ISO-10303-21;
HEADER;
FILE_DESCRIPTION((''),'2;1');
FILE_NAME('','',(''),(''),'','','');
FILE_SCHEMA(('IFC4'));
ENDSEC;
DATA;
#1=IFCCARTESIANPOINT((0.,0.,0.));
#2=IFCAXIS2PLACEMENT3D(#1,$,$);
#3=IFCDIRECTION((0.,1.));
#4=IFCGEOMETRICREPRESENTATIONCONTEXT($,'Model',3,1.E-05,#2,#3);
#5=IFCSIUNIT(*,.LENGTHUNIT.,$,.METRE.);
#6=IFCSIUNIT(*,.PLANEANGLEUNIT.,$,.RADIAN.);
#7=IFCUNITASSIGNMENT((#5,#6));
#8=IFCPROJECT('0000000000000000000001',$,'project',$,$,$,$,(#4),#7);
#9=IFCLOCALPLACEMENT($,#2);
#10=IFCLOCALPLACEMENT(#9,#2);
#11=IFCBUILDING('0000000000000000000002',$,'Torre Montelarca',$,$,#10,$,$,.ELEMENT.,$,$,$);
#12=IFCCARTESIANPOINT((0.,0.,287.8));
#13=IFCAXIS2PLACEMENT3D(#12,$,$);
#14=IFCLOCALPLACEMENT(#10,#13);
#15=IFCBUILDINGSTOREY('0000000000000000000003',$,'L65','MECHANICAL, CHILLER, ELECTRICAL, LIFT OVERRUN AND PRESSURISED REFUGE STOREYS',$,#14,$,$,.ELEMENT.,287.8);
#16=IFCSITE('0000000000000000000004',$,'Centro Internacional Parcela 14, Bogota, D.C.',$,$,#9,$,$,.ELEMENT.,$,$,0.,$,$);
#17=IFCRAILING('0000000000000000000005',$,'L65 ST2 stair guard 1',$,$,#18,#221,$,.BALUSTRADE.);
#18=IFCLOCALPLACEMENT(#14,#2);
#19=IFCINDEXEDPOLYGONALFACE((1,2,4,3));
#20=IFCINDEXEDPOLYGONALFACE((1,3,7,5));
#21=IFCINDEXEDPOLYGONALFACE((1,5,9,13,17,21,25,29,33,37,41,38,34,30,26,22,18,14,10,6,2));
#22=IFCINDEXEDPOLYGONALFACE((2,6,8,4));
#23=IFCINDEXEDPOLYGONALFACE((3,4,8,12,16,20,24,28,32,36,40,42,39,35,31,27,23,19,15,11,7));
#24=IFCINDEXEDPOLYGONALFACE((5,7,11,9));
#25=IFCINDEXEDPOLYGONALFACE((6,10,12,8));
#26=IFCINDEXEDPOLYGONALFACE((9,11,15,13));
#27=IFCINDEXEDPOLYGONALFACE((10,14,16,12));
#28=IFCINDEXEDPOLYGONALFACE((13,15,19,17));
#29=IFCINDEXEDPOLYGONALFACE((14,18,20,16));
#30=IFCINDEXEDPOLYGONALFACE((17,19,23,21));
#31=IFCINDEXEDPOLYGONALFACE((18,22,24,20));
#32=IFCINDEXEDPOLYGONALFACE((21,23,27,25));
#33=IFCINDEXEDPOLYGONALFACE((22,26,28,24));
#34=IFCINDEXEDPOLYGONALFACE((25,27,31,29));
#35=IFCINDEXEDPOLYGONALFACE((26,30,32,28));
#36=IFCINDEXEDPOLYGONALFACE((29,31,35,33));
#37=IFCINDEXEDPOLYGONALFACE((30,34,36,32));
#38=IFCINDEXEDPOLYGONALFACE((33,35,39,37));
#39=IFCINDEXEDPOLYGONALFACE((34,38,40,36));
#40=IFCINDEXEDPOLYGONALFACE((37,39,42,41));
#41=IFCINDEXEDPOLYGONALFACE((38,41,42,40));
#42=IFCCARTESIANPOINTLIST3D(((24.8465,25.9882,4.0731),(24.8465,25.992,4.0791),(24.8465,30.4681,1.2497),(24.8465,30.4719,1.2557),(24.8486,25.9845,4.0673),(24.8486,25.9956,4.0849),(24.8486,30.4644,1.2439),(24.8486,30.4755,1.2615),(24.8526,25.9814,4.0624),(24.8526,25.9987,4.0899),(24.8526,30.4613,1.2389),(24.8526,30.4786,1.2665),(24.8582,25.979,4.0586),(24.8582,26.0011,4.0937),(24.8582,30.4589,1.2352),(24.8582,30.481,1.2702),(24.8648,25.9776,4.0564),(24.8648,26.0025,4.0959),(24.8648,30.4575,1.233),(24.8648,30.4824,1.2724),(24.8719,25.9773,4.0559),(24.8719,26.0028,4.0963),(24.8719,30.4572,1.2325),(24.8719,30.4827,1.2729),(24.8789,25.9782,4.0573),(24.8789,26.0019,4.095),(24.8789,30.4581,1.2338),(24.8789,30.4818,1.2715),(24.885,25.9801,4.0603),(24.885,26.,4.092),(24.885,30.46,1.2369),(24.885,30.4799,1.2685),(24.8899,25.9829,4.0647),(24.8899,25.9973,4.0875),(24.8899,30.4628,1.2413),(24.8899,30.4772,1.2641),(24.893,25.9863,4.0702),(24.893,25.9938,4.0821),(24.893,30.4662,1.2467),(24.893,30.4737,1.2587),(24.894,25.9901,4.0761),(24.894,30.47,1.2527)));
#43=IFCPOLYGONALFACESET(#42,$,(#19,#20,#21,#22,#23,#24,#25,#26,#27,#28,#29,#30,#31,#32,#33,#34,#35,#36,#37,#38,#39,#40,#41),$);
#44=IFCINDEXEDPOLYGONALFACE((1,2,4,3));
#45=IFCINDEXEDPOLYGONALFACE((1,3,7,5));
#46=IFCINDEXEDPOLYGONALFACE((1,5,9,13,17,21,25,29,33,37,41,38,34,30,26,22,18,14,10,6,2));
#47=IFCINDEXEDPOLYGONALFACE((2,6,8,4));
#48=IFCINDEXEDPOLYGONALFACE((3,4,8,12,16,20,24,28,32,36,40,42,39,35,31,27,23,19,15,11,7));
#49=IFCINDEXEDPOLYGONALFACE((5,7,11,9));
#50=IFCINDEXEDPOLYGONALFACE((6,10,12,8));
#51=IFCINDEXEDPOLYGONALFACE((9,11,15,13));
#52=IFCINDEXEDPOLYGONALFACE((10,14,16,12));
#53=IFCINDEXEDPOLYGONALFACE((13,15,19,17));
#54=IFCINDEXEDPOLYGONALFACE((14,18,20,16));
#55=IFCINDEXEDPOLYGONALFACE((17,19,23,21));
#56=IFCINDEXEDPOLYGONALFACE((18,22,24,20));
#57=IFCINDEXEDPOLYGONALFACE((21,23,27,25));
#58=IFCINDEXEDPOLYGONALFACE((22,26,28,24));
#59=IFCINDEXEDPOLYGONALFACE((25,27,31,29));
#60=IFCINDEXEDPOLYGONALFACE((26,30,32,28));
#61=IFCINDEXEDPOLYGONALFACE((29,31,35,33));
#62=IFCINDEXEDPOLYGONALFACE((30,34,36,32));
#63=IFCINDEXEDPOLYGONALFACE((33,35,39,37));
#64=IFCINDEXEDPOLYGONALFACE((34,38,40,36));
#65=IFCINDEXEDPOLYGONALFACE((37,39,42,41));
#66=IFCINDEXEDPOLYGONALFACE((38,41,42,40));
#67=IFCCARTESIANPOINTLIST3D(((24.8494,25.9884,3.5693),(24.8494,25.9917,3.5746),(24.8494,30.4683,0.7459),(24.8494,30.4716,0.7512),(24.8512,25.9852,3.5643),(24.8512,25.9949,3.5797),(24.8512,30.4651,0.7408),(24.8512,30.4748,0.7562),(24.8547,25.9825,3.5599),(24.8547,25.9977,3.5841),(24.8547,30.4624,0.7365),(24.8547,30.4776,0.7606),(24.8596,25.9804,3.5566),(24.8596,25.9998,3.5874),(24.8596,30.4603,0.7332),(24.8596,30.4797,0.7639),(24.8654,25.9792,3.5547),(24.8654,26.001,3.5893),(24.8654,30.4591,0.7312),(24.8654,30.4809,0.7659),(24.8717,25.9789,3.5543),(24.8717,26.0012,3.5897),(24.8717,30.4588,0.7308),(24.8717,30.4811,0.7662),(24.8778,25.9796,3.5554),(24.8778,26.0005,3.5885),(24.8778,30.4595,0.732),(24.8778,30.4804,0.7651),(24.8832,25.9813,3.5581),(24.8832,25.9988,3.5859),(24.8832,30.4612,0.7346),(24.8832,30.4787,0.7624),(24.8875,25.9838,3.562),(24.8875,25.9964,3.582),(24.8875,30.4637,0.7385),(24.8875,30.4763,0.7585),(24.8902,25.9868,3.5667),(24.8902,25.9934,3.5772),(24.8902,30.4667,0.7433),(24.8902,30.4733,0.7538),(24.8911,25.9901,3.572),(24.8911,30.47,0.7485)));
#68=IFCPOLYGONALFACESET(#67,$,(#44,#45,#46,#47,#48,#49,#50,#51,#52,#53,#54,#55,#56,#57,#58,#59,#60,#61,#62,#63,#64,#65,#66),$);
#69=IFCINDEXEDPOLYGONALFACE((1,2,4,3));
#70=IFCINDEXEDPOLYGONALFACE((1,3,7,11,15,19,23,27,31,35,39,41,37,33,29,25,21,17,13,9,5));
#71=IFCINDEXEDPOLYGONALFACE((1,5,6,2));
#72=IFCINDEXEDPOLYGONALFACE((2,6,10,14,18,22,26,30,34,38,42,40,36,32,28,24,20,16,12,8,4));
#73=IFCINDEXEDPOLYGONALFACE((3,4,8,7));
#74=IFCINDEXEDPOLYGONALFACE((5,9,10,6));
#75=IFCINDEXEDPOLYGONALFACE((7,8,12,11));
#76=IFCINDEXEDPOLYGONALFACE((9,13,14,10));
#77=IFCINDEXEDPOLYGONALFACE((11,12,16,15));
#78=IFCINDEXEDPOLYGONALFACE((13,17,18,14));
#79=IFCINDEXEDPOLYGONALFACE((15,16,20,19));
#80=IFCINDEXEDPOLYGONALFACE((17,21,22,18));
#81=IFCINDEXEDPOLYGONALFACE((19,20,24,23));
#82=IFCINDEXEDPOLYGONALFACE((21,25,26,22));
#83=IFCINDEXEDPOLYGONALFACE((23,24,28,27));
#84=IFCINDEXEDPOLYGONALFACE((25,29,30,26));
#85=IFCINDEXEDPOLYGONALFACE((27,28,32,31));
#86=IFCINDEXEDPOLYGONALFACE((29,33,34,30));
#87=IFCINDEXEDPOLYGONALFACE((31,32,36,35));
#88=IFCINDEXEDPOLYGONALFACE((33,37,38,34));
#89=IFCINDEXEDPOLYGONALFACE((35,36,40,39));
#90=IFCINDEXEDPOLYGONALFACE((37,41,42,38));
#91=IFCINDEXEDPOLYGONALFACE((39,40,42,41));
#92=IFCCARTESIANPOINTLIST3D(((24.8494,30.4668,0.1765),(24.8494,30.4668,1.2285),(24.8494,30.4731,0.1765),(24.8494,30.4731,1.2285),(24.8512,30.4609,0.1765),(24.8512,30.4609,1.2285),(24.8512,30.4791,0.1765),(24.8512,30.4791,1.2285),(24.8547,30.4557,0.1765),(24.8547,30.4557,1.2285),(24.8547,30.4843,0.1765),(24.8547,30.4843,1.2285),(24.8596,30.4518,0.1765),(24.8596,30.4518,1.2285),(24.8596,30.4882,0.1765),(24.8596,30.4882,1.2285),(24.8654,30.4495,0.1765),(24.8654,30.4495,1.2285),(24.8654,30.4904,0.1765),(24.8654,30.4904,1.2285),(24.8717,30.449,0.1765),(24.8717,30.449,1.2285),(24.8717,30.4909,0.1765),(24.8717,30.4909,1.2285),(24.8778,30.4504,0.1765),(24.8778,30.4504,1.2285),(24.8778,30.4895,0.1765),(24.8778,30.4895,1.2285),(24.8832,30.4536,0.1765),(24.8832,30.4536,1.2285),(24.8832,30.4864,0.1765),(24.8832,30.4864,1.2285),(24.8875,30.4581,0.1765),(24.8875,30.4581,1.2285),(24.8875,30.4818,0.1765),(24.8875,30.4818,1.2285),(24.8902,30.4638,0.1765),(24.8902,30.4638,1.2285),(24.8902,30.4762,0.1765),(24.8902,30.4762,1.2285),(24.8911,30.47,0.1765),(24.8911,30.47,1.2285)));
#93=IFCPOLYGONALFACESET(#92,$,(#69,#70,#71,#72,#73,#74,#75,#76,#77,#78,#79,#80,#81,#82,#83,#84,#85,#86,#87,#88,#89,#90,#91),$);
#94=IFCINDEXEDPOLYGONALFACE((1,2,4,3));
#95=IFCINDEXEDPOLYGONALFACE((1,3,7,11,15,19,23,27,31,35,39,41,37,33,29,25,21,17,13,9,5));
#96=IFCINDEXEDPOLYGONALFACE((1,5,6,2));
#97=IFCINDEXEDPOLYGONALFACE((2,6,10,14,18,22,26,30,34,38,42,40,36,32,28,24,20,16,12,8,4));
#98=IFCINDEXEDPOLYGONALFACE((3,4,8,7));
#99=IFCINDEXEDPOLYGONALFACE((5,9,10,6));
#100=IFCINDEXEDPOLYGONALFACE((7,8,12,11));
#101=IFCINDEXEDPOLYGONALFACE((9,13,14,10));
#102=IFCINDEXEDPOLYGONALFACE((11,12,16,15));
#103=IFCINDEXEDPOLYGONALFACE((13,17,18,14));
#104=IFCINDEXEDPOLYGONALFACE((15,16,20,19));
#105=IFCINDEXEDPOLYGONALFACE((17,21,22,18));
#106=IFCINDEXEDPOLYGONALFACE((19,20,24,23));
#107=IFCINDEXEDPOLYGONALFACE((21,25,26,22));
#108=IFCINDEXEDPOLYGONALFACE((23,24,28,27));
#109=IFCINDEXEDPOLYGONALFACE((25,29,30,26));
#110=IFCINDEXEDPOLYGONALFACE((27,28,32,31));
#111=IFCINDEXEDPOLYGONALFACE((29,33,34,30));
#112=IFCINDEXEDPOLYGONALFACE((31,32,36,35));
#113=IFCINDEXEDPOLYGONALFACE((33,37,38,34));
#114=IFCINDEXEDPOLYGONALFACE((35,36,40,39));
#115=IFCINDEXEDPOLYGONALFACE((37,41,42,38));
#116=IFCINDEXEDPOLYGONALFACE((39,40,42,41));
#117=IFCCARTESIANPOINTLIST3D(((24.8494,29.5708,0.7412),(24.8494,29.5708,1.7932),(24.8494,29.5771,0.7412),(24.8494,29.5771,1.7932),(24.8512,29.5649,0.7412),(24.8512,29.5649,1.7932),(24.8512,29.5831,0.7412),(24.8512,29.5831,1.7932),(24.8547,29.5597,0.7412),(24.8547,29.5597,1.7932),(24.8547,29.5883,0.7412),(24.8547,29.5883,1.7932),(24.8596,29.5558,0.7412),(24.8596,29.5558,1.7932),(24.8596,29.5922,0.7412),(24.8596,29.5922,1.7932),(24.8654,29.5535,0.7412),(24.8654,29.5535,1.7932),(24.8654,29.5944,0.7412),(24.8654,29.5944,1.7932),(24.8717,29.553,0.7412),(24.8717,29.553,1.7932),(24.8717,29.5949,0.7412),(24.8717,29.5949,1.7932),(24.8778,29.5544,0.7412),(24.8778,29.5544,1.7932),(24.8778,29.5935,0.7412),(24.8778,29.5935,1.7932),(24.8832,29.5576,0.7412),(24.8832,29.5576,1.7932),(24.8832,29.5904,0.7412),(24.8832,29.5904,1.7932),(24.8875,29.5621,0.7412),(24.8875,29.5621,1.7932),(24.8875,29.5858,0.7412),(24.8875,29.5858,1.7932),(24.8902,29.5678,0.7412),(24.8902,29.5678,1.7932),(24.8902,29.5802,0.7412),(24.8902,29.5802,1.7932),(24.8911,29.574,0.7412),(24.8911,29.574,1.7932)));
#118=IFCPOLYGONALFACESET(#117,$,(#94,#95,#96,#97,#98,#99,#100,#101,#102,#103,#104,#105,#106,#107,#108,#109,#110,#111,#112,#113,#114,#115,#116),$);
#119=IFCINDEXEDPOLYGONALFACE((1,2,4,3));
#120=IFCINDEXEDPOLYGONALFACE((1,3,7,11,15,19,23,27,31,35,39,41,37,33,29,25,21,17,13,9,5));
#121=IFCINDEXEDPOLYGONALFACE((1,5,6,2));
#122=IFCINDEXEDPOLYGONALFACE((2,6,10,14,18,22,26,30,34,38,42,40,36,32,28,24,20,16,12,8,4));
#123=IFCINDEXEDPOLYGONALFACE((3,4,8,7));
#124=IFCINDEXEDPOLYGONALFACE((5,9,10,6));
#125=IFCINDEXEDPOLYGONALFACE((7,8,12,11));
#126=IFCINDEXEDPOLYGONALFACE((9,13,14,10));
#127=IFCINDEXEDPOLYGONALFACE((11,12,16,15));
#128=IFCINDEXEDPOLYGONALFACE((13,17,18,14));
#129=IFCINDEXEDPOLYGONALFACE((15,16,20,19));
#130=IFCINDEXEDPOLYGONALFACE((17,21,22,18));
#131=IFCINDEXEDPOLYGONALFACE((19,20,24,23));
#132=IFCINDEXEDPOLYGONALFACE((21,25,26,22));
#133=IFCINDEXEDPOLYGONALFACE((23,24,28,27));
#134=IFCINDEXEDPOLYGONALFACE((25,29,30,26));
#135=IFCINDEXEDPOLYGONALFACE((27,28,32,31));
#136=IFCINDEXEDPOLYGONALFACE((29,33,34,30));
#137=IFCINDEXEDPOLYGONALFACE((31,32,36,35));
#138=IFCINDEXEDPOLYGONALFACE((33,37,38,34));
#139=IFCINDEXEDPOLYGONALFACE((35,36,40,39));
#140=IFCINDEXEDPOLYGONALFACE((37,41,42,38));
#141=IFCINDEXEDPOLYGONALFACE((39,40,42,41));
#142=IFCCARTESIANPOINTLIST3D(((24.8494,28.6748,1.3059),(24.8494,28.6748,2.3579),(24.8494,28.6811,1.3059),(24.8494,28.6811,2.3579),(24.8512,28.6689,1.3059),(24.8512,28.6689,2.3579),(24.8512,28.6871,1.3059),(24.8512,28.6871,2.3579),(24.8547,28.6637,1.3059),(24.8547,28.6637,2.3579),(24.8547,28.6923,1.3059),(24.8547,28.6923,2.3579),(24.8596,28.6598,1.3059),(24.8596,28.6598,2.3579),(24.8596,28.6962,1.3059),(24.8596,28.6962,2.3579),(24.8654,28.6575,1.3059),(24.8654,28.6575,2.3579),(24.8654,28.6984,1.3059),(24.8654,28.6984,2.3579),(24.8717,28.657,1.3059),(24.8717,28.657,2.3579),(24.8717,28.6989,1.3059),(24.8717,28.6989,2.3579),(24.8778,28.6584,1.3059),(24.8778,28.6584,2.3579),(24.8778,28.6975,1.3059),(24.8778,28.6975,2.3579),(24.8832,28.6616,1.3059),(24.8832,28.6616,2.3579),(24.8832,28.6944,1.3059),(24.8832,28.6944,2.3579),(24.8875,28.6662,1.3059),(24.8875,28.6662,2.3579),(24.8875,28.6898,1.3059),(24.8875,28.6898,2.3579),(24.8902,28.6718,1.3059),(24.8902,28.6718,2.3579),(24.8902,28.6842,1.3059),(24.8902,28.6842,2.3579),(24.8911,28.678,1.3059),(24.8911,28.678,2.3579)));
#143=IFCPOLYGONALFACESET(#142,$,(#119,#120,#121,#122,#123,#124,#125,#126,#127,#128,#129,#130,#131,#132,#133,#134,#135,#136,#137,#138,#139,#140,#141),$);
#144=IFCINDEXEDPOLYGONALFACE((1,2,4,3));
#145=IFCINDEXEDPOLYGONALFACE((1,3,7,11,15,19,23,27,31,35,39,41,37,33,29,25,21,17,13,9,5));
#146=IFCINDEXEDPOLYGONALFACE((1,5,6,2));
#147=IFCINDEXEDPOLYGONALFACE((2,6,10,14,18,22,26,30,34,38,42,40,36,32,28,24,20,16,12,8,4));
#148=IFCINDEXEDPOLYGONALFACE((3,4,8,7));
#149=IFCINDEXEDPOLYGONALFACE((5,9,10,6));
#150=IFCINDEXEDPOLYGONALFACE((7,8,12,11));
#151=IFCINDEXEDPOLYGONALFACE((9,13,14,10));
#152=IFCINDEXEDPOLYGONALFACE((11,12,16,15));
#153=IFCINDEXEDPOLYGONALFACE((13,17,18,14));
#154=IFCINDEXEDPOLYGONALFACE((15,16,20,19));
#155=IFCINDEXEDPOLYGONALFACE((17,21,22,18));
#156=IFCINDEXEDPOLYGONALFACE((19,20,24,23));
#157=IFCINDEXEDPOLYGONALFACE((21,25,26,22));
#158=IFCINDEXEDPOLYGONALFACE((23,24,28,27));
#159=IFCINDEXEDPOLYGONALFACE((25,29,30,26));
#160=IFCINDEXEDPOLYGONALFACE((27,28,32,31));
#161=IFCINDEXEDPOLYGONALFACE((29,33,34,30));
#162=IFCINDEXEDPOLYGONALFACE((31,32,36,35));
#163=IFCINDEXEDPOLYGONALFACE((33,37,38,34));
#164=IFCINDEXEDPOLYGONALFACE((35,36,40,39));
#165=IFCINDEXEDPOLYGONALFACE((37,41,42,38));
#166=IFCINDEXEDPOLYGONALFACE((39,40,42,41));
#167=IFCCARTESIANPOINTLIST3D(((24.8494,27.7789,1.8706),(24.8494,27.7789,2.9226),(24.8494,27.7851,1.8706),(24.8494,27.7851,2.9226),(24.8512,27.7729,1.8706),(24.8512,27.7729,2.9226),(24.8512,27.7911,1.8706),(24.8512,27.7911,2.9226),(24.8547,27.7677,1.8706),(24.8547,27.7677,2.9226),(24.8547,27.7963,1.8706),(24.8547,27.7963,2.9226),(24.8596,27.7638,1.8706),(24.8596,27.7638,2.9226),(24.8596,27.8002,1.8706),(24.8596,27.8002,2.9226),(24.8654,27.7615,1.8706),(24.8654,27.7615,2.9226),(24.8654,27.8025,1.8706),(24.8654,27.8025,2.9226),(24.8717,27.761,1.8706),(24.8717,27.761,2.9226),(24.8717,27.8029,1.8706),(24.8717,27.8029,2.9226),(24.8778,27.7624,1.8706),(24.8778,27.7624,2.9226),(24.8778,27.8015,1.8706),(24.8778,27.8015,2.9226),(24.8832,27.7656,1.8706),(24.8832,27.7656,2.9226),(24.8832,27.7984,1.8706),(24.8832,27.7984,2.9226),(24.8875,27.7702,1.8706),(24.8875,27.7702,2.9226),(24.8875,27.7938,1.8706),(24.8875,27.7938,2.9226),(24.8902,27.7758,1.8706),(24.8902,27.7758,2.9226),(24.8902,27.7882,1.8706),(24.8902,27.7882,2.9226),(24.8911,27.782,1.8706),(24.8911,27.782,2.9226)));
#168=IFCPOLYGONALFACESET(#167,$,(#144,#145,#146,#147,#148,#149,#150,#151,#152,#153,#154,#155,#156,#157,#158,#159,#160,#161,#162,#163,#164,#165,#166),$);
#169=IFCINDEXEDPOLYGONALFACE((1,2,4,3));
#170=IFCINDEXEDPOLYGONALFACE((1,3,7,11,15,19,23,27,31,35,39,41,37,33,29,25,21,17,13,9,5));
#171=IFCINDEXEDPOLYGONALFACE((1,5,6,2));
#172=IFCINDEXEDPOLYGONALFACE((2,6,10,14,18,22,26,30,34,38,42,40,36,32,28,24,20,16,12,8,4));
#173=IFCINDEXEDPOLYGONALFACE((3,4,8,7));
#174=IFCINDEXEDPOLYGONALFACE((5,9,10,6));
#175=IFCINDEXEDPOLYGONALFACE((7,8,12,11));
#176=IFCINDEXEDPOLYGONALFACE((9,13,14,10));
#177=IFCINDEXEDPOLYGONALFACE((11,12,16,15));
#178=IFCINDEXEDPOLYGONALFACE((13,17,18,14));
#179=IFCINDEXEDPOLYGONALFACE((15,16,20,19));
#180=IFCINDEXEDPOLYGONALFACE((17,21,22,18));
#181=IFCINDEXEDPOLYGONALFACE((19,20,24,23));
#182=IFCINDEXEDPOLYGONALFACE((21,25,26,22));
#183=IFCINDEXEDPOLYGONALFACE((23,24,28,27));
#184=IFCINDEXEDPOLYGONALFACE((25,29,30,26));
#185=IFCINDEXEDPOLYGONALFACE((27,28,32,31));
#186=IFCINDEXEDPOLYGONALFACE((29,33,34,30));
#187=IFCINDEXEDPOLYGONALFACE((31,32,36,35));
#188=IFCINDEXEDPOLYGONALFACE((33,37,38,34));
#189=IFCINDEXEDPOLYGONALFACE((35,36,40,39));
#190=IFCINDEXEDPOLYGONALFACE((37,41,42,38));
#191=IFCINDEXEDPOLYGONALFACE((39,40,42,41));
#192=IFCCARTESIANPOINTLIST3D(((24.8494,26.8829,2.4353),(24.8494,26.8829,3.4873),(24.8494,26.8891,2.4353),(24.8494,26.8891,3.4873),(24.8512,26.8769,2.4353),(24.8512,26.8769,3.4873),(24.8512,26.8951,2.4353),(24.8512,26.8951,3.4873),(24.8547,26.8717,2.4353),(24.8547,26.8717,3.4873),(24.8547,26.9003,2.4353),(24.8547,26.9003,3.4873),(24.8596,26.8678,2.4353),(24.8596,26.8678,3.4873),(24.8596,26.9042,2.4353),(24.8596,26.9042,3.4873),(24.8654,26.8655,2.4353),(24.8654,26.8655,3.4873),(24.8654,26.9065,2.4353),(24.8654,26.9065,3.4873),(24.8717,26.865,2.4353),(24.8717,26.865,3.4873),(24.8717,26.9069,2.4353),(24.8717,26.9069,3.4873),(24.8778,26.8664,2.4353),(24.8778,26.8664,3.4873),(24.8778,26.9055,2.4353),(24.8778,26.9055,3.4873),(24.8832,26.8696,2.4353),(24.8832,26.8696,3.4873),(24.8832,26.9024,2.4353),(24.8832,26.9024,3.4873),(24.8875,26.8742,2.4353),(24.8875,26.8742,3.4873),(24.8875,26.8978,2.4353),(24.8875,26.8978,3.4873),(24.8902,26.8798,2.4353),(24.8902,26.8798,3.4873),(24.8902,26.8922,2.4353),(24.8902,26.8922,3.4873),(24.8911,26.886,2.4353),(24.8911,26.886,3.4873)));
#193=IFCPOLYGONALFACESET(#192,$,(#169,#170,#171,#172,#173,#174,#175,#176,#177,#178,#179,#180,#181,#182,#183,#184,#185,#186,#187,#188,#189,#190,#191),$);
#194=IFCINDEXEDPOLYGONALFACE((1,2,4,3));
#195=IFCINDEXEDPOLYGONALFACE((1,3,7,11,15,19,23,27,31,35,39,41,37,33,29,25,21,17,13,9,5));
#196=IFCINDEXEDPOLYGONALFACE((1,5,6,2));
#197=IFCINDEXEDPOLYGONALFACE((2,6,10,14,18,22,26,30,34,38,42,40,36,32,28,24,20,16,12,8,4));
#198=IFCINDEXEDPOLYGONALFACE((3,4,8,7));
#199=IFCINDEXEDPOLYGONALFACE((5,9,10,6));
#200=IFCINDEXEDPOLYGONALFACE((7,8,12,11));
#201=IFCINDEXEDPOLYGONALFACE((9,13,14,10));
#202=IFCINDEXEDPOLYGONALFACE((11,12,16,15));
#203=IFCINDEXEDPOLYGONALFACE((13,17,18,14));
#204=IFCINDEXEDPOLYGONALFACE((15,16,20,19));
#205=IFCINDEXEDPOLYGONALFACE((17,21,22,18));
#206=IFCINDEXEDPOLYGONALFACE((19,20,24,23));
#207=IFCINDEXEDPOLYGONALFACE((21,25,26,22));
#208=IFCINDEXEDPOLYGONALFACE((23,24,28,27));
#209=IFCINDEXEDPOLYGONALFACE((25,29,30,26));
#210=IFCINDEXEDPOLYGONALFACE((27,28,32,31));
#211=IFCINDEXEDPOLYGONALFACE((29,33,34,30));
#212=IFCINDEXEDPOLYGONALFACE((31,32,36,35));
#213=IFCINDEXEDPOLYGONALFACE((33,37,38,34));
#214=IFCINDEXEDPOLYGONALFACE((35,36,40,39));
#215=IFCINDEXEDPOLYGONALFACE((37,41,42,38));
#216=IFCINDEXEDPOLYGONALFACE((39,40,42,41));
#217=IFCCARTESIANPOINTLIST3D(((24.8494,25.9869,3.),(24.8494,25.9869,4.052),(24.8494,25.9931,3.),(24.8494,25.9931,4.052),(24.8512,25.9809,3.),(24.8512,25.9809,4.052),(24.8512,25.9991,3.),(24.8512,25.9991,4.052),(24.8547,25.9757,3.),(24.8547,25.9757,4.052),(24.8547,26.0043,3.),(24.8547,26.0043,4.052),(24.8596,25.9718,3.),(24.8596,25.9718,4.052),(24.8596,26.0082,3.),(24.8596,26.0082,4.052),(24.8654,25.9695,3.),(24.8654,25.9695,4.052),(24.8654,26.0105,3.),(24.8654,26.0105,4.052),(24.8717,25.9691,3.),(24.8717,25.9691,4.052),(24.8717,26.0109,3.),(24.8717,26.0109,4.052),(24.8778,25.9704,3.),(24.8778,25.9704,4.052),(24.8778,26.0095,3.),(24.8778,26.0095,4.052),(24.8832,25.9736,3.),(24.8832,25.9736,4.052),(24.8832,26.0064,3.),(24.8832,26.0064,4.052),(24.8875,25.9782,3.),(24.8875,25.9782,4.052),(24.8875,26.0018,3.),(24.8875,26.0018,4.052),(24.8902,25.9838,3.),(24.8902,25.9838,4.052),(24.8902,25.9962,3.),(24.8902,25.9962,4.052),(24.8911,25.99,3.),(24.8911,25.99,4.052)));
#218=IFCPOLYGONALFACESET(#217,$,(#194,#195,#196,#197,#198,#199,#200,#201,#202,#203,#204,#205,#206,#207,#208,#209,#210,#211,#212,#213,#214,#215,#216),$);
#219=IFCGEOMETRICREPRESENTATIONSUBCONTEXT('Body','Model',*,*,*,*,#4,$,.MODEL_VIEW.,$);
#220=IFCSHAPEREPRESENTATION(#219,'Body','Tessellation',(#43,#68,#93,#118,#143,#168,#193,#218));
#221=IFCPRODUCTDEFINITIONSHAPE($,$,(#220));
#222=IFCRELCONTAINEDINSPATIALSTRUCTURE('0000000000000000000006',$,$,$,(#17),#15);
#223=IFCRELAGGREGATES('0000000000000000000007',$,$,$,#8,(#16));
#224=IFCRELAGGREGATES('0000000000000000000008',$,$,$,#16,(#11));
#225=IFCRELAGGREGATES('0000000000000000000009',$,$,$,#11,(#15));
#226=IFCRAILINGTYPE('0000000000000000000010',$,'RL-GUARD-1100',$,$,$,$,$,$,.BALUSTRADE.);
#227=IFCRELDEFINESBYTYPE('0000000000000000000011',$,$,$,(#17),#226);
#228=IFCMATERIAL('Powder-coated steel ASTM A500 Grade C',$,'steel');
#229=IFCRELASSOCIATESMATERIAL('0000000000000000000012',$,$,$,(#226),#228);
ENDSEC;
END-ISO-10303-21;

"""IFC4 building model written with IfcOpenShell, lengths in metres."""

from ifc_helpers import new_model, si_unit, direction, frame, origin, origin_2d, place, context, subcontext, project, spatial, circle, extrude, material, type_object, element, save


model = new_model("IFC4")

# Units and contexts
model_context = context("Model", 3, precision=1e-05, world=origin(), true_north=direction((0.0, 1.0)))
body_context = subcontext(model_context, "Body", "Model", "MODEL_VIEW")
ifc_project = project(units=[si_unit("LENGTHUNIT", "METRE"), si_unit("PLANEANGLEUNIT", "RADIAN")], contexts=[model_context])

# Site, building, storey
site_placement = place(None, origin())
site = spatial("IfcSite", under=ifc_project, at=site_placement, Name="Centro Internacional Parcela 14, Bogota, D.C.", CompositionType="ELEMENT", RefElevation=0.0)
building_placement = place(site_placement, origin())
building = spatial("IfcBuilding", under=site, at=building_placement, Name="Torre Montelarca", CompositionType="ELEMENT")
storey_placement = place(building_placement, frame((0.0, 0.0, 287.8)))
storey = spatial("IfcBuildingStorey", under=building, at=storey_placement, Name="L65", Description="MECHANICAL, CHILLER, ELECTRICAL, LIFT OVERRUN AND PRESSURISED REFUGE STOREYS", CompositionType="ELEMENT", Elevation=287.8)

# Railing
ifc_material_1 = material(Name="Powder-coated steel ASTM A500 Grade C", Category="steel")
railing_type_1 = type_object("IfcRailingType", Name="RL-GUARD-1100", PredefinedType="BALUSTRADE", material=ifc_material_1)
railing_1_placement = place(storey_placement, frame((24.8701, 30.47, 0.1765)))
element("IfcRailing", 1, at=railing_1_placement, inside=storey, type_object=railing_type_1, Name="L65 ST2 stair guard 1", PredefinedType="BALUSTRADE", context=body_context, shape_type="SweptSolid", body=[
    extrude(circle(Radius=0.0239, at=origin_2d()), frame((0.0, 0.0, 1.0762), z_axis=(0.0, -0.845998, 0.533186), x_axis=(1.0, 0.0, 0.0)), (0.0, 0.0, 1.0), 5.2954),
    extrude(circle(Radius=0.021, at=origin_2d()), frame((0.0, 0.0, 0.572), z_axis=(0.0, -0.845998, 0.533186), x_axis=(1.0, 0.0, 0.0)), (0.0, 0.0, 1.0), 5.2954),
    extrude(circle(Radius=0.021, at=origin_2d()), origin(), (0.0, 0.0, 1.0), 1.052),
    extrude(circle(Radius=0.021, at=origin_2d()), frame((0.0, -0.896, 0.5647)), (0.0, 0.0, 1.0), 1.052),
    extrude(circle(Radius=0.021, at=origin_2d()), frame((0.0, -1.792, 1.1294)), (0.0, 0.0, 1.0), 1.052),
    extrude(circle(Radius=0.021, at=origin_2d()), frame((0.0, -2.688, 1.6941)), (0.0, 0.0, 1.0), 1.052),
    extrude(circle(Radius=0.021, at=origin_2d()), frame((0.0, -3.584, 2.2588)), (0.0, 0.0, 1.0), 1.052),
    extrude(circle(Radius=0.021, at=origin_2d()), frame((0.0, -4.48, 2.8235)), (0.0, 0.0, 1.0), 1.052),
])

save(model, "model.ifc")
